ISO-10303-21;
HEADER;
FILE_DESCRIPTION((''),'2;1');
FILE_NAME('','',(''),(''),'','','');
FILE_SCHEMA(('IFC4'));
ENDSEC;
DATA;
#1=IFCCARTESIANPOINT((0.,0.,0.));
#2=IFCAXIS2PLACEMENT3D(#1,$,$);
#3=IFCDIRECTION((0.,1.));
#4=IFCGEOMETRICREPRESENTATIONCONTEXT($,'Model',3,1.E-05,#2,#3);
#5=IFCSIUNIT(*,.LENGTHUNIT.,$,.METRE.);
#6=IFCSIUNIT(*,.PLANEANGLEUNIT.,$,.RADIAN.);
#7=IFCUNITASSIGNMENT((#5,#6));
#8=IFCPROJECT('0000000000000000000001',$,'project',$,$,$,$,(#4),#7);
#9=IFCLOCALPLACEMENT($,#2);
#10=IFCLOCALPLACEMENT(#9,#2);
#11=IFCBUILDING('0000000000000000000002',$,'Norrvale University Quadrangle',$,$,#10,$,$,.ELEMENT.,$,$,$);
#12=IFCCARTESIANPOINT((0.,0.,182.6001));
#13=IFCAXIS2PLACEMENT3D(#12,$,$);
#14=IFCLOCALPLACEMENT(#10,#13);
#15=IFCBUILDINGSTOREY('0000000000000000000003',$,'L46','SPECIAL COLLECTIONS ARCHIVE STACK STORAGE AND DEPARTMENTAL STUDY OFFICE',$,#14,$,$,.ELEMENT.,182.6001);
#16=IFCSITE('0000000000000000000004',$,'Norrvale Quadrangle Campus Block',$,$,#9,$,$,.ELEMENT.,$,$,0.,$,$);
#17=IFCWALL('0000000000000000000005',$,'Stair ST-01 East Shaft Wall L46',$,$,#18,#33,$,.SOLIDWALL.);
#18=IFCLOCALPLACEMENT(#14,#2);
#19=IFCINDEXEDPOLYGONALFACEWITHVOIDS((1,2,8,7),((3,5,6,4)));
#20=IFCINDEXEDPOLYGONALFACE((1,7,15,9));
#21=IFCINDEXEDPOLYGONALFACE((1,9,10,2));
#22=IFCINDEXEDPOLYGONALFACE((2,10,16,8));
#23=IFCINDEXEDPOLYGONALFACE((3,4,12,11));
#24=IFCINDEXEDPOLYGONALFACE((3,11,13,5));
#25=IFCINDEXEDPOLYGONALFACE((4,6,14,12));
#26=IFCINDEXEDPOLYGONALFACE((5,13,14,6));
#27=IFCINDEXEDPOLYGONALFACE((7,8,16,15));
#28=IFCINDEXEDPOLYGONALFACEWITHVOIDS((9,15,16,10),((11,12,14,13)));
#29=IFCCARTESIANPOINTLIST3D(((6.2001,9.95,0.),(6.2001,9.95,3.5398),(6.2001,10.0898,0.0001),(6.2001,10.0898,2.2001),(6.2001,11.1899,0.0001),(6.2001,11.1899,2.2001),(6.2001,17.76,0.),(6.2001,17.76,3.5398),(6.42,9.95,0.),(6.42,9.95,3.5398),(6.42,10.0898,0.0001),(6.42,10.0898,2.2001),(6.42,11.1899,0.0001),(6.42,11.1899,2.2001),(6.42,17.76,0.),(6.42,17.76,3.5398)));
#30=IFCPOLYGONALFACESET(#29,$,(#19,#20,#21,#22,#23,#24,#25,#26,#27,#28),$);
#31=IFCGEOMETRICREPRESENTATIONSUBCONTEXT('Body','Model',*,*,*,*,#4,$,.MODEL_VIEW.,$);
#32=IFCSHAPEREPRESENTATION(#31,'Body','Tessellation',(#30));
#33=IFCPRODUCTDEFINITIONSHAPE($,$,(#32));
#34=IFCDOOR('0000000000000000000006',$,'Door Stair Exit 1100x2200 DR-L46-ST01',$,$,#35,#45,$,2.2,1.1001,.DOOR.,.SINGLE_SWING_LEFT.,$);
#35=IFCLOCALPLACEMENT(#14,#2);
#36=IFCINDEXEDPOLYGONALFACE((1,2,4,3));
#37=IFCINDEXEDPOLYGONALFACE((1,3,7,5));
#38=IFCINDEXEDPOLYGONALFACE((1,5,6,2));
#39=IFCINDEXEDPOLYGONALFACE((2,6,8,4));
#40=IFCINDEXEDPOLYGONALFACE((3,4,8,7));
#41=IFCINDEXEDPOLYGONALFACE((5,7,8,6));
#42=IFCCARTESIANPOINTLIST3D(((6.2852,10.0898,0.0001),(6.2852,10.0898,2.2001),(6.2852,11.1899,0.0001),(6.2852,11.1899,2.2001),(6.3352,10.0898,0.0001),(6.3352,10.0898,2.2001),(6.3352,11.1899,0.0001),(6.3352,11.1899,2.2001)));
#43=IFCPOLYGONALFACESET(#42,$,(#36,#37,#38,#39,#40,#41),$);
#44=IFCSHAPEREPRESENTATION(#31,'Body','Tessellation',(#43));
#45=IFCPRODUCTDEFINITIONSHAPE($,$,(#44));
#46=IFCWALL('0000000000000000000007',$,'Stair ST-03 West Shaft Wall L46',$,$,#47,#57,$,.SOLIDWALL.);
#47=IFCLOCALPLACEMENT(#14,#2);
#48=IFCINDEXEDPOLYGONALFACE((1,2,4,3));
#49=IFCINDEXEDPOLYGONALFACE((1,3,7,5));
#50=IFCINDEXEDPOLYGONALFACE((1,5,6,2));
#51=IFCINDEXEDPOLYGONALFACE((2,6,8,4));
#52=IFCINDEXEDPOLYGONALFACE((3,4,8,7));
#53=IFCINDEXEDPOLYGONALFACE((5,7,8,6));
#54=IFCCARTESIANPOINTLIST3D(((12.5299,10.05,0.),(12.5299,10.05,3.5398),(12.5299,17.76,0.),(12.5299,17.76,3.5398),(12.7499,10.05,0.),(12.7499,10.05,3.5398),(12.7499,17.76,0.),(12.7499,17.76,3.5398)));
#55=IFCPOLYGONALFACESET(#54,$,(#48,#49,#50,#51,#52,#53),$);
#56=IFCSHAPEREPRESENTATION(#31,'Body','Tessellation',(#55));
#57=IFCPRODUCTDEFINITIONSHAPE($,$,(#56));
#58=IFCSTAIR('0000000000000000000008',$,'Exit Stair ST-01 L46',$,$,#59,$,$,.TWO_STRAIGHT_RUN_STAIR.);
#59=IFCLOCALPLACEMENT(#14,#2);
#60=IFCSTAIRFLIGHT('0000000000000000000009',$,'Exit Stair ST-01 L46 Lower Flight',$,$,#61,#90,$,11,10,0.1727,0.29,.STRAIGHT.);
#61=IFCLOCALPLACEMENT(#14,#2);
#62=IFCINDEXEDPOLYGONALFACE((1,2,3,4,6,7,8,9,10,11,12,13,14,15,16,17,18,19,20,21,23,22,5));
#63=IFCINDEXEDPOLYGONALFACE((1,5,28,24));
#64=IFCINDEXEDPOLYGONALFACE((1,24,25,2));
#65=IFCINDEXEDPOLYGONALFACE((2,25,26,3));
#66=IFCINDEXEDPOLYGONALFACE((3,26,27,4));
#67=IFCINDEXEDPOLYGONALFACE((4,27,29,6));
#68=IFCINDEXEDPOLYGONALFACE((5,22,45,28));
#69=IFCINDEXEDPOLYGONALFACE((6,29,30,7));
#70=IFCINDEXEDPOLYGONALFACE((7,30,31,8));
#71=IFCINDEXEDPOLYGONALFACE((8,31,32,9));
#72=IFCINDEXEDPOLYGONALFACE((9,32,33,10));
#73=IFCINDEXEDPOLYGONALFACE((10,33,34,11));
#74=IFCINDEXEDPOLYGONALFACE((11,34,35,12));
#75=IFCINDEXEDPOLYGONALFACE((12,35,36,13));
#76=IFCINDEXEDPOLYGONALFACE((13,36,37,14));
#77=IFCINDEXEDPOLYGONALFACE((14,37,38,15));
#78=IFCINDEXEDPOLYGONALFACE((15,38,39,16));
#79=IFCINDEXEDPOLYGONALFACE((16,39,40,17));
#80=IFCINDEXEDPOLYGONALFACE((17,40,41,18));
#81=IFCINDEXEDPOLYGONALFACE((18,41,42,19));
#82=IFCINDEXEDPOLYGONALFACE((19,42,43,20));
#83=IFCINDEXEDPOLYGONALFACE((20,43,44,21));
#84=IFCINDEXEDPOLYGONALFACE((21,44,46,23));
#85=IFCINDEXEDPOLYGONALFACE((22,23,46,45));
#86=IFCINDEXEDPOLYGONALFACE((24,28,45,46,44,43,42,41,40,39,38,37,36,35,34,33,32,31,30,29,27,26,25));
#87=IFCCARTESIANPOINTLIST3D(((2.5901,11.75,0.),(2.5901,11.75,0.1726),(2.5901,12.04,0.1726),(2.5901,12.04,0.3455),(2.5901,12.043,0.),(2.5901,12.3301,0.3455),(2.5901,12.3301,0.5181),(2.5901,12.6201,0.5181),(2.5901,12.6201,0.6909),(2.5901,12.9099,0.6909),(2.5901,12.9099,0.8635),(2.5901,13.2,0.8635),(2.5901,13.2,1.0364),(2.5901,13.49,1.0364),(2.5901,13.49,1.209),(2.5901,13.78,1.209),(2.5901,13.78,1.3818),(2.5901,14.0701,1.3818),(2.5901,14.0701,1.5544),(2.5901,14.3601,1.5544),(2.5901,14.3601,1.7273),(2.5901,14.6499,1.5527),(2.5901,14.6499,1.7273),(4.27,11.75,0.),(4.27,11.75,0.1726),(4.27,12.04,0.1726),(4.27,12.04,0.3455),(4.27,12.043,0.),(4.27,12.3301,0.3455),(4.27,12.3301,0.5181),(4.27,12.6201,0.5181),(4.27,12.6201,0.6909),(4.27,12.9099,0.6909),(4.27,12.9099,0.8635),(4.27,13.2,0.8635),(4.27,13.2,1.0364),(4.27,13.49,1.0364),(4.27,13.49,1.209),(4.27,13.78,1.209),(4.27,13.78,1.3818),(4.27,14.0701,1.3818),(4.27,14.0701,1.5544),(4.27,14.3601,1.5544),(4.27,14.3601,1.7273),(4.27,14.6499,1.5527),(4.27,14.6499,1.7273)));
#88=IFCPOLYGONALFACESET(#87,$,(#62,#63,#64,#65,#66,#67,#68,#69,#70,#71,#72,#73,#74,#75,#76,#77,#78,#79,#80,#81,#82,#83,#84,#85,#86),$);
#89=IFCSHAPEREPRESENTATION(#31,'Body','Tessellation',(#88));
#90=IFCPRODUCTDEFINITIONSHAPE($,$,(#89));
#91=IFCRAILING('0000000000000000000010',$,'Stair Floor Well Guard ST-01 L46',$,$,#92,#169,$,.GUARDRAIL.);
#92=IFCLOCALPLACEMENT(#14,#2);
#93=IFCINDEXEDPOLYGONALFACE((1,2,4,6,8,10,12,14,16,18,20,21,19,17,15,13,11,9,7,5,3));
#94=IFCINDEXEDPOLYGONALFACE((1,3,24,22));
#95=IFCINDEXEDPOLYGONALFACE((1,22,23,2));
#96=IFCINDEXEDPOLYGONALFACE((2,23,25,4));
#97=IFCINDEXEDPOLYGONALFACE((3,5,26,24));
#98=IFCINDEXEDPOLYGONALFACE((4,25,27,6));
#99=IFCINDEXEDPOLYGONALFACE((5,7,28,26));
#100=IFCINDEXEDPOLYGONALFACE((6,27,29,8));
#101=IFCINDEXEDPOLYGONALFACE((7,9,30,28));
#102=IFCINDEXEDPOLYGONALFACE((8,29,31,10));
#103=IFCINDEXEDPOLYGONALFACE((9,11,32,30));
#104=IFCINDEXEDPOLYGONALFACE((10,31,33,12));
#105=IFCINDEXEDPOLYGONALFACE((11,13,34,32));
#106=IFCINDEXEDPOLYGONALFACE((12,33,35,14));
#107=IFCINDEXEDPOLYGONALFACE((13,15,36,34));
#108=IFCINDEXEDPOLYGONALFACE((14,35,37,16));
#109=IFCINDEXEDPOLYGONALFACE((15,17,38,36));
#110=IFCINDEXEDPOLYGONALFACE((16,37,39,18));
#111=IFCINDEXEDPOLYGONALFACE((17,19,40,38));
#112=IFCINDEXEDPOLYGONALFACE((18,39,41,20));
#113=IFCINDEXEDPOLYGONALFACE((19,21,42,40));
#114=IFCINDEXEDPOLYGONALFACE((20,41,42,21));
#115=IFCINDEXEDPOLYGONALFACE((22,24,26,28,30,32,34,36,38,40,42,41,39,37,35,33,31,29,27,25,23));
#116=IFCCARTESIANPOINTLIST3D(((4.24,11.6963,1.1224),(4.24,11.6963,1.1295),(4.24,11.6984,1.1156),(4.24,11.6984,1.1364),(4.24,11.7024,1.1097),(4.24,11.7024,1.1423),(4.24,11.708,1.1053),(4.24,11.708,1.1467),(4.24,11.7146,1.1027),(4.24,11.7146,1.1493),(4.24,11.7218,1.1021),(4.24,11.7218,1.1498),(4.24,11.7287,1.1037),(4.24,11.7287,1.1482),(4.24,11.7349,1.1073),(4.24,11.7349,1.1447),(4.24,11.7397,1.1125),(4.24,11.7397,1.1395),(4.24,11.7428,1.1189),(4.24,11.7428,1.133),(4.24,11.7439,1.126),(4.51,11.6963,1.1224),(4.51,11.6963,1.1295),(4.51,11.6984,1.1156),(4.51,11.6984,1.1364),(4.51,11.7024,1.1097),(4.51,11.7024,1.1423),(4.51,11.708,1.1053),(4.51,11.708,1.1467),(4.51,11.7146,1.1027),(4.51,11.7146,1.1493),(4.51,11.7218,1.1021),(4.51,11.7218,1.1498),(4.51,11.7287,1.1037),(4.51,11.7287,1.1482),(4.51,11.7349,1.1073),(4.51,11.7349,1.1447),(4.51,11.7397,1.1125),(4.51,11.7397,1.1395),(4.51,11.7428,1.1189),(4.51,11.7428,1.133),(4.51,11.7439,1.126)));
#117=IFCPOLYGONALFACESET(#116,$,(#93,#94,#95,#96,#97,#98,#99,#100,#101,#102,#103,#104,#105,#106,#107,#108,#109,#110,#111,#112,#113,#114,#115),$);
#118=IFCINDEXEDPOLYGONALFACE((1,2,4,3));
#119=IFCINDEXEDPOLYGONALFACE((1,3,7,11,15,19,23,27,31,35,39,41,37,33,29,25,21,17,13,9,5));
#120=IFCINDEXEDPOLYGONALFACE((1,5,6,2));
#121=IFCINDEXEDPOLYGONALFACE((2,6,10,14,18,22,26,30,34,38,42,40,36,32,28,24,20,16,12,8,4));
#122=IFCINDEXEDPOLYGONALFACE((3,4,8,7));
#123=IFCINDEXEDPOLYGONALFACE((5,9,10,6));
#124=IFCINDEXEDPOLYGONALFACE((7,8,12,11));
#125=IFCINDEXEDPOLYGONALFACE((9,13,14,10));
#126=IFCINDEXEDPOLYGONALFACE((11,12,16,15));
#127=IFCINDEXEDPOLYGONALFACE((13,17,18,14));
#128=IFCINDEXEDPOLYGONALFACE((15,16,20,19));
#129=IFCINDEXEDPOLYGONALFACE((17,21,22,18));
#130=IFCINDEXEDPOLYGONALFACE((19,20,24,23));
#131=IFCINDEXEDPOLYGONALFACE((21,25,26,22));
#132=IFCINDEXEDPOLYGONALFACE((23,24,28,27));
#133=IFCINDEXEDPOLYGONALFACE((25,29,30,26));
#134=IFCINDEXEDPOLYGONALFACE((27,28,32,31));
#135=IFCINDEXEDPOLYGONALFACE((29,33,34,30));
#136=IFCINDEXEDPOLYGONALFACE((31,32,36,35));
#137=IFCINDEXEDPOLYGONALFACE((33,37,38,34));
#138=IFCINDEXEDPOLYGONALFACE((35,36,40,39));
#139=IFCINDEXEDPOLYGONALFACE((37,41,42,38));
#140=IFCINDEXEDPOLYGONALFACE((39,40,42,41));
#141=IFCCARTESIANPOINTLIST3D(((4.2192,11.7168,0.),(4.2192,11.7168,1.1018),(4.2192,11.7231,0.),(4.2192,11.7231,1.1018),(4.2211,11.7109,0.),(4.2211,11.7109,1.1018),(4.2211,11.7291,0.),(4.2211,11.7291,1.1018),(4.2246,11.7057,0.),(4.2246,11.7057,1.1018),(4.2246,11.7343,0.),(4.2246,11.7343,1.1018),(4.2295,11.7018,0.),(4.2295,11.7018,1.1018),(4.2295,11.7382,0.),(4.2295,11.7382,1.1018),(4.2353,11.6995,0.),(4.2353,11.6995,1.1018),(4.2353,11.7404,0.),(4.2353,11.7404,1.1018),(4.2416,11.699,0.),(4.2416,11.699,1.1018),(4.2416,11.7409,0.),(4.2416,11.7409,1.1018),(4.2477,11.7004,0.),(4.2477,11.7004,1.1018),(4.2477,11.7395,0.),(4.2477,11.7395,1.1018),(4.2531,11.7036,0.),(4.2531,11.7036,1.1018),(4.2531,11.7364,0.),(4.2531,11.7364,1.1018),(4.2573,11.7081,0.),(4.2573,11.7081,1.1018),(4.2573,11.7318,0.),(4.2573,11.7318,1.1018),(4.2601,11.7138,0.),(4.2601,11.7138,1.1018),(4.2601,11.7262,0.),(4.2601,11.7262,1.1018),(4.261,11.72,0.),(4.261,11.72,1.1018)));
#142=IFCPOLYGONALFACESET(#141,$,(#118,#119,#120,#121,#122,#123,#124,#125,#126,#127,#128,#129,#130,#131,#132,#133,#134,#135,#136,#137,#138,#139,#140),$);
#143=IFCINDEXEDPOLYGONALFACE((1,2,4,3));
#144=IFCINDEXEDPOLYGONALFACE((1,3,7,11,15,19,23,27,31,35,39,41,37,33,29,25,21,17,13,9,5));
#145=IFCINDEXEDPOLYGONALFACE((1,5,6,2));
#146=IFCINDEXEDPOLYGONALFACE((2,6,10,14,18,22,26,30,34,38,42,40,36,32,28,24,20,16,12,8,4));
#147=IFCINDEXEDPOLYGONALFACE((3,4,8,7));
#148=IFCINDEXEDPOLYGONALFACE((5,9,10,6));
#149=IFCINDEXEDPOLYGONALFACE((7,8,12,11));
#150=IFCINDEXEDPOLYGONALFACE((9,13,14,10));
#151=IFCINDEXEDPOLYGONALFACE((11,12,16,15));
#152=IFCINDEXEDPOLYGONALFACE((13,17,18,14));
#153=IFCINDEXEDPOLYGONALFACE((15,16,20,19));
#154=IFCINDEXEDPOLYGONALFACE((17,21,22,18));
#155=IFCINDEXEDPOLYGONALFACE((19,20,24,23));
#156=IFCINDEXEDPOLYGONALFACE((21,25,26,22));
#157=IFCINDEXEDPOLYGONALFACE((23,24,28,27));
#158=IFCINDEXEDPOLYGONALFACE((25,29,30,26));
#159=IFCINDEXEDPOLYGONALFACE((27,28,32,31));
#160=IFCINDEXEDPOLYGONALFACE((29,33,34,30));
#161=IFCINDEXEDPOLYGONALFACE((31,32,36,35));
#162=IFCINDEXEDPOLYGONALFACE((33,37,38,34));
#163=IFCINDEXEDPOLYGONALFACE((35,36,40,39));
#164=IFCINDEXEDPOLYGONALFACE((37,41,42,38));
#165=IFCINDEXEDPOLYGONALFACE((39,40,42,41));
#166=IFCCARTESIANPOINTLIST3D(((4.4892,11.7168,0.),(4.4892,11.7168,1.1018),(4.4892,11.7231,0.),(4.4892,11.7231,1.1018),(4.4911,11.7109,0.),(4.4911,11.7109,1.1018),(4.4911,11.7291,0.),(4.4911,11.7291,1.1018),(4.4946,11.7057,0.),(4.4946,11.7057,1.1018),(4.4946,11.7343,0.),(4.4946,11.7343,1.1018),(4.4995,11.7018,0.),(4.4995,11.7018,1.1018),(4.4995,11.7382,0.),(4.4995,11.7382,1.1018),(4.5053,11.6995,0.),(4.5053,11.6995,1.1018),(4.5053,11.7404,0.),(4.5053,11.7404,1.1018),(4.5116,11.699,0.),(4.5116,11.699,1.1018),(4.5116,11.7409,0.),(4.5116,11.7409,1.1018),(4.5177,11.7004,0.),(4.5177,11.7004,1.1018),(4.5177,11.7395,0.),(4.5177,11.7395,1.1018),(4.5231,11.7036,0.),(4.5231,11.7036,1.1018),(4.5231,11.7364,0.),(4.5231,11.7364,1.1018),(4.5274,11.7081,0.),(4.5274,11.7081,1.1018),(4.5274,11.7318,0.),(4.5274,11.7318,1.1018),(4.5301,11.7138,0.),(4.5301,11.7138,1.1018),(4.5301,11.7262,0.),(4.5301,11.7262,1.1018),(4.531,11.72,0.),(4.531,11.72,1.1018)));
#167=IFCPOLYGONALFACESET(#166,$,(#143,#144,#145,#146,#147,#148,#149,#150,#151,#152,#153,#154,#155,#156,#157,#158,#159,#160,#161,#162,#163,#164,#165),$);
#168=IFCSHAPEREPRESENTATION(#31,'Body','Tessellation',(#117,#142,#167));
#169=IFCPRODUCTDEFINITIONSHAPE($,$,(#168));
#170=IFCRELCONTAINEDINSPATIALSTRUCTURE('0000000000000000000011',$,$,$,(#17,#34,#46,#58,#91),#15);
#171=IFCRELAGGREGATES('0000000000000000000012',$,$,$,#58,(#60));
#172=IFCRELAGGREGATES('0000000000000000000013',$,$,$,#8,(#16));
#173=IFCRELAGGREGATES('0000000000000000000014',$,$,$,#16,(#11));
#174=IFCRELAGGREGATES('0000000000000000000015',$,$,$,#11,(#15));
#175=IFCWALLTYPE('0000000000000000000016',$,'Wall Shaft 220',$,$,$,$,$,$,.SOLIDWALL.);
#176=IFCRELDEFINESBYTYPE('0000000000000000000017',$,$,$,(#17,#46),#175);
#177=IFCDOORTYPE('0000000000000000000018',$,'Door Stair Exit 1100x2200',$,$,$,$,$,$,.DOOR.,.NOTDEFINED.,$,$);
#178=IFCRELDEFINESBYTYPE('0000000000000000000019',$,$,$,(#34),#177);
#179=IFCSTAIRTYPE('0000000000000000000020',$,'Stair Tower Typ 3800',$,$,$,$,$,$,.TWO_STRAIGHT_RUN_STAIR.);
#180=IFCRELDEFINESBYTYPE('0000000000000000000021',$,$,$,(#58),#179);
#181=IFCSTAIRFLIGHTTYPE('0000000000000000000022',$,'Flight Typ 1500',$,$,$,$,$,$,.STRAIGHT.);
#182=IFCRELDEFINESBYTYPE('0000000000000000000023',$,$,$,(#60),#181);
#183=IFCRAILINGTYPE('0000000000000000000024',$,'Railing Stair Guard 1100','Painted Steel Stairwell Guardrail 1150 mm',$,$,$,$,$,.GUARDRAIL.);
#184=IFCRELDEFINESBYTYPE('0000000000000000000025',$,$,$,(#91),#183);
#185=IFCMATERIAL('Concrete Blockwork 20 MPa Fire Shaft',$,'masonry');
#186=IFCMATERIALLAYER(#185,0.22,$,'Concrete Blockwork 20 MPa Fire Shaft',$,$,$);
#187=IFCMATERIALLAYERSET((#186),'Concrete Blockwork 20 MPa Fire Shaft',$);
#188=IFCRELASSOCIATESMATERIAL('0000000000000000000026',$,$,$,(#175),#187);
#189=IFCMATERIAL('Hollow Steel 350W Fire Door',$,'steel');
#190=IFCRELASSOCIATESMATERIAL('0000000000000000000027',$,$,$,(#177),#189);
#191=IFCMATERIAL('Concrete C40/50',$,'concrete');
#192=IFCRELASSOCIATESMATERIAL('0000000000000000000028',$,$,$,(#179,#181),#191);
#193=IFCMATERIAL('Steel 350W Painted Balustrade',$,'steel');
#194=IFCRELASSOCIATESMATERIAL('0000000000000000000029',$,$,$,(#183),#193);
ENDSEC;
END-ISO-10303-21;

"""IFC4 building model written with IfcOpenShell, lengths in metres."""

from ifc_helpers import new_model, si_unit, direction, frame, frame_2d, origin, origin_2d, place, context, subcontext, project, spatial, polyline, rectangle, circle, outline, extrude, material, layer, layer_set, type_object, element, fill, aggregate, save


model = new_model("IFC4")

# Units and contexts
model_context = context("Model", 3, precision=1e-05, world=origin(), true_north=direction((0.0, 1.0)))
body_context = subcontext(model_context, "Body", "Model", "MODEL_VIEW")
ifc_project = project(units=[si_unit("LENGTHUNIT", "METRE"), si_unit("PLANEANGLEUNIT", "RADIAN")], contexts=[model_context])

# Site, building, storey
site_placement = place(None, origin())
site = spatial("IfcSite", under=ifc_project, at=site_placement, Name="Norrvale Quadrangle Campus Block", CompositionType="ELEMENT", RefElevation=0.0)
building_placement = place(site_placement, origin())
building = spatial("IfcBuilding", under=site, at=building_placement, Name="Norrvale University Quadrangle", CompositionType="ELEMENT")
storey_placement = place(building_placement, frame((0.0, 0.0, 182.6001)))
storey = spatial("IfcBuildingStorey", under=building, at=storey_placement, Name="L46", Description="SPECIAL COLLECTIONS ARCHIVE STACK STORAGE AND DEPARTMENTAL STUDY OFFICE", CompositionType="ELEMENT", Elevation=182.6001)

# Wall, opening, door
ifc_material_1 = material(Name="Concrete Blockwork 20 MPa Fire Shaft", Category="masonry")
ifc_layer_1 = layer(ifc_material_1, 0.22, Name="Concrete Blockwork 20 MPa Fire Shaft")
ifc_layer_set_1 = layer_set([ifc_layer_1], Name="Concrete Blockwork 20 MPa Fire Shaft")
wall_type_1 = type_object("IfcWallType", Name="Wall Shaft 220", PredefinedType="SOLIDWALL", material=ifc_layer_set_1)
wall_1_placement = place(storey_placement, frame((6.3101, 9.95, 0.0), z_axis=(0.0, 0.0, 1.0), x_axis=(0.0, 1.0, 0.0)))
wall_1 = element("IfcWall", 1, at=wall_1_placement, inside=storey, type_object=wall_type_1, Name="Stair ST-01 East Shaft Wall L46", PredefinedType="SOLIDWALL", context=body_context, shape_type="SweptSolid", body=[
    extrude(rectangle(XDim=7.8101, YDim=0.22, at=frame_2d((3.905, 0.0))), origin(), (0.0, 0.0, 1.0), 3.5398),
])
opening_1_placement = place(wall_1_placement, frame((0.1399, 0.0, 0.0)))
opening_1 = element("IfcOpeningElement", 2, at=opening_1_placement, cuts=wall_1, PredefinedType="OPENING", context=body_context, shape_type="SweptSolid", body=[
    extrude(rectangle(XDim=1.1001, YDim=2.2, at=frame_2d((0.55, 1.1001))), frame((0.0, 0.1221, 0.0), z_axis=(0.0, -1.0, 0.0), x_axis=(1.0, 0.0, 0.0)), (0.0, 0.0, 1.0), 0.2439),
])
ifc_material_2 = material(Name="Hollow Steel 350W Fire Door", Category="steel")
door_type = type_object("IfcDoorType", Name="Door Stair Exit 1100x2200", OperationType="NOTDEFINED", PredefinedType="DOOR", material=ifc_material_2)
door_placement = place(opening_1_placement, origin())
door = element("IfcDoor", 3, at=door_placement, inside=storey, type_object=door_type, Name="Door Stair Exit 1100x2200 DR-L46-ST01", OperationType="SINGLE_SWING_LEFT", OverallHeight=2.2, OverallWidth=1.1001, PredefinedType="DOOR", context=body_context, shape_type="SweptSolid", body=[
    extrude(rectangle(XDim=1.1001, YDim=2.2, at=frame_2d((0.55, 1.1001))), frame((0.0, 0.0249, 0.0), z_axis=(0.0, -1.0, 0.0), x_axis=(1.0, 0.0, 0.0)), (0.0, 0.0, 1.0), 0.05),
])
fill(opening_1, door)

# Wall
wall_2_placement = place(storey_placement, frame((12.6399, 10.05, 0.0), z_axis=(0.0, 0.0, 1.0), x_axis=(0.0, 1.0, 0.0)))
element("IfcWall", 4, at=wall_2_placement, inside=storey, type_object=wall_type_1, Name="Stair ST-03 West Shaft Wall L46", PredefinedType="SOLIDWALL", context=body_context, shape_type="SweptSolid", body=[
    extrude(rectangle(XDim=7.71, YDim=0.22, at=frame_2d((3.855, 0.0))), origin(), (0.0, 0.0, 1.0), 3.5398),
])

# Stair, stair flight
ifc_material_3 = material(Name="Concrete C40/50", Category="concrete")
stair_type = type_object("IfcStairType", Name="Stair Tower Typ 3800", PredefinedType="TWO_STRAIGHT_RUN_STAIR", material=ifc_material_3)
stair_placement = place(storey_placement, origin())
stair = element("IfcStair", 5, at=stair_placement, inside=storey, type_object=stair_type, Name="Exit Stair ST-01 L46", PredefinedType="TWO_STRAIGHT_RUN_STAIR")
stair_flight_type = type_object("IfcStairFlightType", Name="Flight Typ 1500", PredefinedType="STRAIGHT", material=ifc_material_3)
stair_flight_placement = place(storey_placement, frame((3.4299, 11.75, 0.0), z_axis=(0.0, 0.0, 1.0), x_axis=(0.0, 1.0, 0.0)))
stair_flight = element("IfcStairFlight", 6, at=stair_flight_placement, type_object=stair_flight_type, Name="Exit Stair ST-01 L46 Lower Flight", NumberOfRisers=11, NumberOfTreads=10, PredefinedType="STRAIGHT", RiserHeight=0.1727, TreadLength=0.29, context=body_context, shape_type="SweptSolid", body=[
    extrude(outline(polyline([(0.0, 0.0), (0.0, 0.1726), (0.29, 0.1726), (0.29, 0.3455), (0.5801, 0.3455), (0.5801, 0.5181), (0.8701, 0.5181), (0.8701, 0.6909), (1.1599, 0.6909), (1.1599, 0.8635), (1.45, 0.8635), (1.45, 1.0364), (1.74, 1.0364), (1.74, 1.209), (2.03, 1.209), (2.03, 1.3818), (2.3201, 1.3818), (2.3201, 1.5544), (2.6101, 1.5544), (2.6101, 1.7273), (2.8999, 1.7273), (2.8999, 1.8999), (2.8999, 1.5527), (0.293, 0.0), (0.0, 0.0)])), frame((0.0, 0.8398, 0.0), z_axis=(0.0, -1.0, 0.0), x_axis=(1.0, 0.0, 0.0)), (0.0, 0.0, 1.0), 1.6799),
])
aggregate(stair, [stair_flight])

# Railing
ifc_material_4 = material(Name="Steel 350W Painted Balustrade", Category="steel")
railing_type_1 = type_object("IfcRailingType", Name="Railing Stair Guard 1100", Description="Painted Steel Stairwell Guardrail 1150 mm", PredefinedType="GUARDRAIL", material=ifc_material_4)
for number, where, name in (
    (7, (4.24, 11.72, 0.0), "Stair Floor Well Guard ST-01 L46"),
):
    element("IfcRailing", number, at=place(storey_placement, frame(where)), inside=storey, type_object=railing_type_1, Name=name, PredefinedType="GUARDRAIL", context=body_context, shape_type="SweptSolid", body=[
        extrude(circle(Radius=0.0239, at=origin_2d()), frame((0.0, 0.0, 1.126), z_axis=(1.0, 0.0, 0.0), x_axis=(0.0, 1.0, 0.0)), (0.0, 0.0, 1.0), 0.27),
        extrude(circle(Radius=0.021, at=origin_2d()), origin(), (0.0, 0.0, 1.0), 1.1018),
        extrude(circle(Radius=0.021, at=origin_2d()), frame((0.27, 0.0, 0.0)), (0.0, 0.0, 1.0), 1.1018),
    ])

save(model, "model.ifc")
